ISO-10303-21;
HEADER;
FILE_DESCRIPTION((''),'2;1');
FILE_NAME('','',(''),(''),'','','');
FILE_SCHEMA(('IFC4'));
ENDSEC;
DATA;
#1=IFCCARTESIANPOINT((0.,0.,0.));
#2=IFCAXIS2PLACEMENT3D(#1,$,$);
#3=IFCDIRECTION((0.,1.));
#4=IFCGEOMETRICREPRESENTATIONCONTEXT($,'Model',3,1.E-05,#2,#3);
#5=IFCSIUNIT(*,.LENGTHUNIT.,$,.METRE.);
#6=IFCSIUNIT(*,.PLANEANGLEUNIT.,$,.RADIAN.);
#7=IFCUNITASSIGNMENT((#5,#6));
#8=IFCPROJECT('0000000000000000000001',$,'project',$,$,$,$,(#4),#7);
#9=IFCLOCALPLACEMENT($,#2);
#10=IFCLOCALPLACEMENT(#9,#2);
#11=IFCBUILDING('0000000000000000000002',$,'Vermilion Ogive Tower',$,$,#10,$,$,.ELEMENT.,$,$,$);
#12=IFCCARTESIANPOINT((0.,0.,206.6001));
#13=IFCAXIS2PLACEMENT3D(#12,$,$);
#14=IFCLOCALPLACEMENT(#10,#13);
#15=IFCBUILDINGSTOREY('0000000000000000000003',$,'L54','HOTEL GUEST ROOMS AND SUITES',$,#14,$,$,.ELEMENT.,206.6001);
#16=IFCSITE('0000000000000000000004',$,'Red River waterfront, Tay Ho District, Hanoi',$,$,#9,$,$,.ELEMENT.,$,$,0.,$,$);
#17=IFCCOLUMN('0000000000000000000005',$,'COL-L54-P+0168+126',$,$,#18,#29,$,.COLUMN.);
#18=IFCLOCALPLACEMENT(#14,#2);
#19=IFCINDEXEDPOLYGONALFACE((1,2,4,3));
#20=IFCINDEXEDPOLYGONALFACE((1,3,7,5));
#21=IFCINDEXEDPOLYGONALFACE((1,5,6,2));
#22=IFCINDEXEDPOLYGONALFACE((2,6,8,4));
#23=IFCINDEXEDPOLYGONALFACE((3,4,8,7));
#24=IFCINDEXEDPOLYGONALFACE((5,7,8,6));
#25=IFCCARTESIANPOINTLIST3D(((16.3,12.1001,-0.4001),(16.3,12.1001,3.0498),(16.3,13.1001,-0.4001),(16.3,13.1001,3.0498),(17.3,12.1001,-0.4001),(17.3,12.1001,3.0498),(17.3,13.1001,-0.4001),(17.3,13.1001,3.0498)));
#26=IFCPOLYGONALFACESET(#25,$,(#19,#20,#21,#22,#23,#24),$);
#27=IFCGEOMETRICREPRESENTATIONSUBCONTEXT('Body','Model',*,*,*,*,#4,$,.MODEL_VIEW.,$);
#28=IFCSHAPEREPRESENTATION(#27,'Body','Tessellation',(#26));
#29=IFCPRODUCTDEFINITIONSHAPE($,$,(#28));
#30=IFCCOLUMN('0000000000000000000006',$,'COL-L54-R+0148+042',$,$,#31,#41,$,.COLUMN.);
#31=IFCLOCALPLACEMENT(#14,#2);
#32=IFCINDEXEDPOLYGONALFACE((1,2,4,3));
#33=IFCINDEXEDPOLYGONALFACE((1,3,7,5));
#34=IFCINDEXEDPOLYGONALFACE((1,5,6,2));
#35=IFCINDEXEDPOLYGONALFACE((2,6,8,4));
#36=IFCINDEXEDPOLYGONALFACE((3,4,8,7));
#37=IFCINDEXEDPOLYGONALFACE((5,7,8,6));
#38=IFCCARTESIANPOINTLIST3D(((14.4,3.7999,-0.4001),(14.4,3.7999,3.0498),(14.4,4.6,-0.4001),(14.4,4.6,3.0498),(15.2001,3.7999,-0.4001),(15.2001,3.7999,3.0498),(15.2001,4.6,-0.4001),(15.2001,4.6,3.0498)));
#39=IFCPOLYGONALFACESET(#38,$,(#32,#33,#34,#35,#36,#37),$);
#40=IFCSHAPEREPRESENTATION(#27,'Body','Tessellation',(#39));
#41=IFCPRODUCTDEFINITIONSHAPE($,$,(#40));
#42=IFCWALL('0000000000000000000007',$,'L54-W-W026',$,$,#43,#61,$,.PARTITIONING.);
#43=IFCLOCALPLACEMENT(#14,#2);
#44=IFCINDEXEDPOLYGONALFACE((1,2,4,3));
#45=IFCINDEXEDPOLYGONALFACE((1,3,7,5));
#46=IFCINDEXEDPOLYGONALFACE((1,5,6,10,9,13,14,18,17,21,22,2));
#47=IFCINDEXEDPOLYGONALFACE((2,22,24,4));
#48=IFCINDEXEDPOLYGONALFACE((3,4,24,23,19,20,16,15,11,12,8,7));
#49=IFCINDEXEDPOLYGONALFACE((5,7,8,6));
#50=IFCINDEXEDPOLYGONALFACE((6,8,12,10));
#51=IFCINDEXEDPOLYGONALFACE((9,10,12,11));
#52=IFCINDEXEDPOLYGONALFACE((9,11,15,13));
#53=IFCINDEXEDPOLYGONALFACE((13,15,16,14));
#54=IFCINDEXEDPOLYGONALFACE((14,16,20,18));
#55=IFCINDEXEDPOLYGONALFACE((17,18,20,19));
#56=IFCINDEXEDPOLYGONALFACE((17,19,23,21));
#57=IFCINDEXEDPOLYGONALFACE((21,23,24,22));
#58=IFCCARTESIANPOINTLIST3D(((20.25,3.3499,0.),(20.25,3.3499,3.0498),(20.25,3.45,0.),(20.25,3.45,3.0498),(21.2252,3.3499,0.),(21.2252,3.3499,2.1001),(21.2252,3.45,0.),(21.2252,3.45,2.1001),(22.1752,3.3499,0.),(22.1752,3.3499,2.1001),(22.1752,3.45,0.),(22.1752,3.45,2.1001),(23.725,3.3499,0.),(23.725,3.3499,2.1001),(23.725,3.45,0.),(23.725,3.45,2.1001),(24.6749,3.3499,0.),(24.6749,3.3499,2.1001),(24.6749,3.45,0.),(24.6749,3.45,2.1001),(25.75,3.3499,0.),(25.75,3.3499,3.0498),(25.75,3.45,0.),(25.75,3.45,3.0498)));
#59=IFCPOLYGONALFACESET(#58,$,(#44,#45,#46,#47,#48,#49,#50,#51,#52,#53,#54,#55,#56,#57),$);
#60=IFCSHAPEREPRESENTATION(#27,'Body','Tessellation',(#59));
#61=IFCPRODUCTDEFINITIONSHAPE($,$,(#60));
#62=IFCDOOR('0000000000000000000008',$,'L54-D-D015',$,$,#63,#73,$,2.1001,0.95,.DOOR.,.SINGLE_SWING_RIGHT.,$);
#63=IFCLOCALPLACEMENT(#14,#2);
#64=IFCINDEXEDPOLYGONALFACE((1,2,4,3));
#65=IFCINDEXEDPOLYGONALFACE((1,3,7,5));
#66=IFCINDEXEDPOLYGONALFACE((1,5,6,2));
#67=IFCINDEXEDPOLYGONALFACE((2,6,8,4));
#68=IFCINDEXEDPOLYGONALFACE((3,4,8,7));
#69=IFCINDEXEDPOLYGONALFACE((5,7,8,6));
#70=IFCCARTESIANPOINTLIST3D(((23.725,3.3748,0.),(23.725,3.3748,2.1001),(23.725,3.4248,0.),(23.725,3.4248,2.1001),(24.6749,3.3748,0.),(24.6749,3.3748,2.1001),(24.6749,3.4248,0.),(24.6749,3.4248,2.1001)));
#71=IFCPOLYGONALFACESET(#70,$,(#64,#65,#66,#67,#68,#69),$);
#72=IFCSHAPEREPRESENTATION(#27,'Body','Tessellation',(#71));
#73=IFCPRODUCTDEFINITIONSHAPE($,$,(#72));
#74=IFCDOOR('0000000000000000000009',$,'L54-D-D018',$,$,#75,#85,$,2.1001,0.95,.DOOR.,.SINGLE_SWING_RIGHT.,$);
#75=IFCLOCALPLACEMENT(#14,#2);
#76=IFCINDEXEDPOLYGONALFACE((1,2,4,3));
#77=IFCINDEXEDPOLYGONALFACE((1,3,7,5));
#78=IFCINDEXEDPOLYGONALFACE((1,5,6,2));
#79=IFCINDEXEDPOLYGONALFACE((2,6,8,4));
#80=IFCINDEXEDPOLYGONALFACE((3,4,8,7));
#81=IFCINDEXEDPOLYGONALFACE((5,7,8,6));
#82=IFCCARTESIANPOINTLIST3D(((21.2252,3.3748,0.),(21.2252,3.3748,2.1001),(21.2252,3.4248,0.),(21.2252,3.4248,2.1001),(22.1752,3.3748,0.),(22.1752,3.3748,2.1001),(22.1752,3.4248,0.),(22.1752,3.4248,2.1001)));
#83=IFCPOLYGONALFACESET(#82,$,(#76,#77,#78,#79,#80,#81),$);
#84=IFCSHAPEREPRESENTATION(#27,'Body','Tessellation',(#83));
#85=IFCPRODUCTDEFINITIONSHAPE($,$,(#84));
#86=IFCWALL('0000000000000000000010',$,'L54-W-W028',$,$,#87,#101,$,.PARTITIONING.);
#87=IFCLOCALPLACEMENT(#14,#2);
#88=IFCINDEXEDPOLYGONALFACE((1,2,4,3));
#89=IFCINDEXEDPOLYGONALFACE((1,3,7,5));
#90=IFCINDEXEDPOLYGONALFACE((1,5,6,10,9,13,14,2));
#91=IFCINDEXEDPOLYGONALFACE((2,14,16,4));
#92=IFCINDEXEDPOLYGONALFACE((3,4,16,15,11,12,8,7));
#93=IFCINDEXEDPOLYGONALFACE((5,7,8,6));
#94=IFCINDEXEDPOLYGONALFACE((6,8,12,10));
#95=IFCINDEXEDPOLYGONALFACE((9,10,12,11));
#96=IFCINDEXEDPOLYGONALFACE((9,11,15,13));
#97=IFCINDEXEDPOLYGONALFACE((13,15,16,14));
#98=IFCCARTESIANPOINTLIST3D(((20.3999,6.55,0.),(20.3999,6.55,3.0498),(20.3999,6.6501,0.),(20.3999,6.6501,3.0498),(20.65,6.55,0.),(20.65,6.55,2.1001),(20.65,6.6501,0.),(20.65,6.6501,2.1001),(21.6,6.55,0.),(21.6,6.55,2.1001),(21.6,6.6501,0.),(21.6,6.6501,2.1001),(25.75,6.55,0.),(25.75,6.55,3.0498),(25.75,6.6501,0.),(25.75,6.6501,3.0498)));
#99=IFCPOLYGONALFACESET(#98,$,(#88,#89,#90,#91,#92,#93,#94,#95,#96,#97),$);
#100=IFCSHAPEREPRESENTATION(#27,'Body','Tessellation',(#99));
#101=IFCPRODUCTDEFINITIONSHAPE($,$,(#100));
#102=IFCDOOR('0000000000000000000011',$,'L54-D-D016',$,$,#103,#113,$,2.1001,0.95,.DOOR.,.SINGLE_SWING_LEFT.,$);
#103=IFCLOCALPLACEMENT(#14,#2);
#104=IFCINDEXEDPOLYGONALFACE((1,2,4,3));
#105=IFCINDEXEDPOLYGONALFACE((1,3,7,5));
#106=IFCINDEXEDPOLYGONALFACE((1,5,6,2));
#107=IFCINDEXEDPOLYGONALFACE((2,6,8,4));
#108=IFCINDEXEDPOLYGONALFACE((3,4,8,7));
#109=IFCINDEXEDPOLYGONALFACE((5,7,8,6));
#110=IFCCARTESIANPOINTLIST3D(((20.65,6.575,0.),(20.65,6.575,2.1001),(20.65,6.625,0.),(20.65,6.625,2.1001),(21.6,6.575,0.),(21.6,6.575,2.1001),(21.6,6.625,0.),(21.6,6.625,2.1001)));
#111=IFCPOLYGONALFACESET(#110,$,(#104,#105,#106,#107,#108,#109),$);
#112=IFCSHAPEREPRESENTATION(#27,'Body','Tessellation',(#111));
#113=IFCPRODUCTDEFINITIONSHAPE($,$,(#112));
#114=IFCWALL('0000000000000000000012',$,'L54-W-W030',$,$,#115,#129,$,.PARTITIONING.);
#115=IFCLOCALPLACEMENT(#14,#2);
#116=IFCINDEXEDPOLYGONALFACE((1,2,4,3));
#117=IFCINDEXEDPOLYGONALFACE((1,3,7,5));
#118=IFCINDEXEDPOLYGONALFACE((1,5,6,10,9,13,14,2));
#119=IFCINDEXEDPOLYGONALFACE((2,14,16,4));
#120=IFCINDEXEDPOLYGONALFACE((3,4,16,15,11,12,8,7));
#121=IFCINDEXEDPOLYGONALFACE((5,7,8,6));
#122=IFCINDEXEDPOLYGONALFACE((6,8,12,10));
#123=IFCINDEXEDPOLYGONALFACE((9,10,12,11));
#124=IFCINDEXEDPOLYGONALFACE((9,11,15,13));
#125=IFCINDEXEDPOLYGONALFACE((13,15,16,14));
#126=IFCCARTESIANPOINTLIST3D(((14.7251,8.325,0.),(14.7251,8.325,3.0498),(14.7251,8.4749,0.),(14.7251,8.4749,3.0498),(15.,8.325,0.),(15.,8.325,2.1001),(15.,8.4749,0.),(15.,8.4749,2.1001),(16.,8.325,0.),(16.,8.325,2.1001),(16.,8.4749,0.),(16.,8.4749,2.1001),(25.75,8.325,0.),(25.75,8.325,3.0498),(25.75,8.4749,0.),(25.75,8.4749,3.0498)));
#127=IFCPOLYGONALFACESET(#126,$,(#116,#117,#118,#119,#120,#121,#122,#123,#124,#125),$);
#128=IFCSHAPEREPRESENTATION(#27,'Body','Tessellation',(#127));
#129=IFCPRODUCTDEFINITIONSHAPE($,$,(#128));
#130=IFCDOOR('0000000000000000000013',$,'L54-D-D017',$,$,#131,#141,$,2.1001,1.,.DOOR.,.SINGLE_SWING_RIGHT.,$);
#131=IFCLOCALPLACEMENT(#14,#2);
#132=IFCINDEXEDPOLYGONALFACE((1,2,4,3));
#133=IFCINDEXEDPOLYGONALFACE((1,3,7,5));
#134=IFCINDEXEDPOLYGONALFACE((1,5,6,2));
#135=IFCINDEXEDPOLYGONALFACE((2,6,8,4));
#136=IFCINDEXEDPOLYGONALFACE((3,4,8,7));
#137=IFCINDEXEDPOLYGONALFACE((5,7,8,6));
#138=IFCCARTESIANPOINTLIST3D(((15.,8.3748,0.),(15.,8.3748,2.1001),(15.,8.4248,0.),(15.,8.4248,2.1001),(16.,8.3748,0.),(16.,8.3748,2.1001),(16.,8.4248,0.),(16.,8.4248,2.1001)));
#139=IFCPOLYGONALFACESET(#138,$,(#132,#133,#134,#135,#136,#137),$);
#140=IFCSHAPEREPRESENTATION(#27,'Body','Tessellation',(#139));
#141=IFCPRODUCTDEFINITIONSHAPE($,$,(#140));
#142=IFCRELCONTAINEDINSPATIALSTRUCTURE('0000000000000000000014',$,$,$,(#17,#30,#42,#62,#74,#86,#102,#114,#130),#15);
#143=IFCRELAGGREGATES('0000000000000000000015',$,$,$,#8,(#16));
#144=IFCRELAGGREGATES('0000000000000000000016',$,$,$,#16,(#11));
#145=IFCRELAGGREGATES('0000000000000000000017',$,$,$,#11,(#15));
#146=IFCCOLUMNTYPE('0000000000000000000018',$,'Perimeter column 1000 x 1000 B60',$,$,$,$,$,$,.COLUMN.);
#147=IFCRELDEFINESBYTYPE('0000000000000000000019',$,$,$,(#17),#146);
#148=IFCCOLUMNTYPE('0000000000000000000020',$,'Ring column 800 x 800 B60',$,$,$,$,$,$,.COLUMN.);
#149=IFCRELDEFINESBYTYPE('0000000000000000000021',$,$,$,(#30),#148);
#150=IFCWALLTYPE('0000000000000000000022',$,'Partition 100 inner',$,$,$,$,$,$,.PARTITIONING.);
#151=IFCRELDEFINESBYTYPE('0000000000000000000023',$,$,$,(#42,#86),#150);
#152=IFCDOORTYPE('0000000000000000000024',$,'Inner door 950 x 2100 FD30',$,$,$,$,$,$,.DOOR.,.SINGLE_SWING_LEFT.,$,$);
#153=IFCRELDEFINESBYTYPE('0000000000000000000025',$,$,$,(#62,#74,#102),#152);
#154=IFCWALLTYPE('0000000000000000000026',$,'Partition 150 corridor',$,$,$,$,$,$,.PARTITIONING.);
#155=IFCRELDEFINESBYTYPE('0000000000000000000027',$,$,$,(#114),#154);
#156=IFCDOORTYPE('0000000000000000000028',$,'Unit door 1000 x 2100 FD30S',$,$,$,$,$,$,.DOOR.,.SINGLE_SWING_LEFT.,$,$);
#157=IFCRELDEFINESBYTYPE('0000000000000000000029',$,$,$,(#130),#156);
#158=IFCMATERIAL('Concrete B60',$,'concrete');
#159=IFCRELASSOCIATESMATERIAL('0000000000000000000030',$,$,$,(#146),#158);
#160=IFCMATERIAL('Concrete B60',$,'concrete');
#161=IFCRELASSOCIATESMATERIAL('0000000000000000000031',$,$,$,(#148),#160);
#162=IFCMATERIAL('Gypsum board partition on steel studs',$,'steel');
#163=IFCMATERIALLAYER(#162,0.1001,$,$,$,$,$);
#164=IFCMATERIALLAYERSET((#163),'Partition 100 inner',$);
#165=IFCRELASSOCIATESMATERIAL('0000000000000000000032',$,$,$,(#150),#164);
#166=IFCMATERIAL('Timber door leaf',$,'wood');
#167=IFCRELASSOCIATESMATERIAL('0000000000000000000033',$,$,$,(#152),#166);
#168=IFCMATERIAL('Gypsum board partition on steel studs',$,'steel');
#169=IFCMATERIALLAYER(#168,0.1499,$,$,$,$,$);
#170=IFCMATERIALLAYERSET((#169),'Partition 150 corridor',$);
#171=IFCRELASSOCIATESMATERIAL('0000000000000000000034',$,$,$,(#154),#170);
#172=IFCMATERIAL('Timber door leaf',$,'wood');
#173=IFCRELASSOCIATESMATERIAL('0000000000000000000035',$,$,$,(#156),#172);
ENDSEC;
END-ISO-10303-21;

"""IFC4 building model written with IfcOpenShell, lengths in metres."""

from ifc_helpers import new_model, si_unit, direction, frame, frame_2d, origin, origin_2d, place, context, subcontext, project, spatial, rectangle, extrude, material, layer, layer_set, material_profile, profile_set, type_object, element, fill, save


model = new_model("IFC4")

# Units and contexts
model_context = context("Model", 3, precision=1e-05, world=origin(), true_north=direction((0.0, 1.0)))
body_context = subcontext(model_context, "Body", "Model", "MODEL_VIEW")
ifc_project = project(units=[si_unit("LENGTHUNIT", "METRE"), si_unit("PLANEANGLEUNIT", "RADIAN")], contexts=[model_context])

# Site, building, storey
site_placement = place(None, origin())
site = spatial("IfcSite", under=ifc_project, at=site_placement, Name="Red River waterfront, Tay Ho District, Hanoi", CompositionType="ELEMENT", RefElevation=0.0)
building_placement = place(site_placement, origin())
building = spatial("IfcBuilding", under=site, at=building_placement, Name="Vermilion Ogive Tower", CompositionType="ELEMENT")
storey_placement = place(building_placement, frame((0.0, 0.0, 206.6001)))
storey = spatial("IfcBuildingStorey", under=building, at=storey_placement, Name="L54", Description="HOTEL GUEST ROOMS AND SUITES", CompositionType="ELEMENT", Elevation=206.6001)

# Columns
ifc_material_1 = material(Name="Concrete B60", Category="concrete")
ifc_material_profile_1 = material_profile(ifc_material_1, rectangle(XDim=1.0, YDim=1.0, at=origin_2d()), Name="1000 x 1000")
ifc_profile_set_1 = profile_set([ifc_material_profile_1], Name="Concrete B60")
column_type_1 = type_object("IfcColumnType", Name="Perimeter column 1000 x 1000 B60", PredefinedType="COLUMN", material=ifc_profile_set_1)
column_1_placement = place(storey_placement, frame((16.8, 12.6001, -0.4001), z_axis=(0.0, 0.0, 1.0), x_axis=(1.0, 0.0, 0.0)))
element("IfcColumn", 1, at=column_1_placement, inside=storey, type_object=column_type_1, Name="COL-L54-P+0168+126", PredefinedType="COLUMN", context=body_context, shape_type="SweptSolid", body=[
    extrude(rectangle(XDim=1.0, YDim=1.0, at=origin_2d()), origin(), (0.0, 0.0, 1.0), 3.45),
])
ifc_material_2 = material(Name="Concrete B60", Category="concrete")
ifc_material_profile_2 = material_profile(ifc_material_2, rectangle(XDim=0.8, YDim=0.8, at=origin_2d()), Name="800 x 800")
ifc_profile_set_2 = profile_set([ifc_material_profile_2], Name="Concrete B60")
column_type_2 = type_object("IfcColumnType", Name="Ring column 800 x 800 B60", PredefinedType="COLUMN", material=ifc_profile_set_2)
column_2_placement = place(storey_placement, frame((14.8, 4.2, -0.4001), z_axis=(0.0, 0.0, 1.0), x_axis=(1.0, 0.0, 0.0)))
element("IfcColumn", 2, at=column_2_placement, inside=storey, type_object=column_type_2, Name="COL-L54-R+0148+042", PredefinedType="COLUMN", context=body_context, shape_type="SweptSolid", body=[
    extrude(rectangle(XDim=0.8, YDim=0.8, at=origin_2d()), origin(), (0.0, 0.0, 1.0), 3.45),
])

# Wall, openings, doors
ifc_material_3 = material(Name="Gypsum board partition on steel studs", Category="steel")
ifc_layer_1 = layer(ifc_material_3, 0.1001)
ifc_layer_set_1 = layer_set([ifc_layer_1], Name="Partition 100 inner")
wall_type_1 = type_object("IfcWallType", Name="Partition 100 inner", PredefinedType="PARTITIONING", material=ifc_layer_set_1)
wall_1_placement = place(storey_placement, frame((20.25, 3.3999, 0.0), z_axis=(0.0, 0.0, 1.0), x_axis=(1.0, 0.0, 0.0)))
wall_1 = element("IfcWall", 3, at=wall_1_placement, inside=storey, type_object=wall_type_1, Name="L54-W-W026", PredefinedType="PARTITIONING", context=body_context, shape_type="SweptSolid", body=[
    extrude(rectangle(XDim=5.5, YDim=0.1001, at=frame_2d((2.75, 0.0))), origin(), (0.0, 0.0, 1.0), 3.0498),
])
opening_1_placement = place(wall_1_placement, frame((3.4749, 0.0, 0.0)))
opening_1 = element("IfcOpeningElement", 4, at=opening_1_placement, cuts=wall_1, PredefinedType="OPENING", context=body_context, shape_type="SweptSolid", body=[
    extrude(rectangle(XDim=0.95, YDim=2.1001, at=frame_2d((0.4751, 1.05))), frame((0.0, 0.0601, 0.0), z_axis=(0.0, -1.0, 0.0), x_axis=(1.0, 0.0, 0.0)), (0.0, 0.0, 1.0), 0.1201),
])
opening_2_placement = place(wall_1_placement, frame((0.9751, 0.0, 0.0)))
opening_2 = element("IfcOpeningElement", 5, at=opening_2_placement, cuts=wall_1, PredefinedType="OPENING", context=body_context, shape_type="SweptSolid", body=[
    extrude(rectangle(XDim=0.95, YDim=2.1001, at=frame_2d((0.4751, 1.05))), frame((0.0, 0.0601, 0.0), z_axis=(0.0, -1.0, 0.0), x_axis=(1.0, 0.0, 0.0)), (0.0, 0.0, 1.0), 0.1201),
])
ifc_material_4 = material(Name="Timber door leaf", Category="wood")
door_type_1 = type_object("IfcDoorType", Name="Inner door 950 x 2100 FD30", OperationType="SINGLE_SWING_LEFT", PredefinedType="DOOR", material=ifc_material_4)
door_1_placement = place(opening_1_placement, origin())
door_1 = element("IfcDoor", 6, at=door_1_placement, inside=storey, type_object=door_type_1, Name="L54-D-D015", OperationType="SINGLE_SWING_RIGHT", OverallHeight=2.1001, OverallWidth=0.95, PredefinedType="DOOR", context=body_context, shape_type="SweptSolid", body=[
    extrude(rectangle(XDim=0.95, YDim=2.1001, at=frame_2d((0.4751, 1.05))), frame((0.0, 0.0249, 0.0), z_axis=(0.0, -1.0, 0.0), x_axis=(1.0, 0.0, 0.0)), (0.0, 0.0, 1.0), 0.05),
])
fill(opening_1, door_1)
door_2_placement = place(opening_2_placement, origin())
door_2 = element("IfcDoor", 7, at=door_2_placement, inside=storey, type_object=door_type_1, Name="L54-D-D018", OperationType="SINGLE_SWING_RIGHT", OverallHeight=2.1001, OverallWidth=0.95, PredefinedType="DOOR", context=body_context, shape_type="SweptSolid", body=[
    extrude(rectangle(XDim=0.95, YDim=2.1001, at=frame_2d((0.4751, 1.05))), frame((0.0, 0.0249, 0.0), z_axis=(0.0, -1.0, 0.0), x_axis=(1.0, 0.0, 0.0)), (0.0, 0.0, 1.0), 0.05),
])
fill(opening_2, door_2)

# Walls, openings, doors
wall_2_placement = place(storey_placement, frame((20.3999, 6.6001, 0.0), z_axis=(0.0, 0.0, 1.0), x_axis=(1.0, 0.0, 0.0)))
wall_2 = element("IfcWall", 8, at=wall_2_placement, inside=storey, type_object=wall_type_1, Name="L54-W-W028", PredefinedType="PARTITIONING", context=body_context, shape_type="SweptSolid", body=[
    extrude(rectangle(XDim=5.3501, YDim=0.1001, at=frame_2d((2.675, 0.0))), origin(), (0.0, 0.0, 1.0), 3.0498),
])
opening_3_placement = place(wall_2_placement, frame((0.25, 0.0, 0.0)))
opening_3 = element("IfcOpeningElement", 9, at=opening_3_placement, cuts=wall_2, PredefinedType="OPENING", context=body_context, shape_type="SweptSolid", body=[
    extrude(rectangle(XDim=0.95, YDim=2.1001, at=frame_2d((0.4751, 1.05))), frame((0.0, 0.0601, 0.0), z_axis=(0.0, -1.0, 0.0), x_axis=(1.0, 0.0, 0.0)), (0.0, 0.0, 1.0), 0.1201),
])
door_3_placement = place(opening_3_placement, origin())
door_3 = element("IfcDoor", 10, at=door_3_placement, inside=storey, type_object=door_type_1, Name="L54-D-D016", OperationType="SINGLE_SWING_LEFT", OverallHeight=2.1001, OverallWidth=0.95, PredefinedType="DOOR", context=body_context, shape_type="SweptSolid", body=[
    extrude(rectangle(XDim=0.95, YDim=2.1001, at=frame_2d((0.4751, 1.05))), frame((0.0, 0.0249, 0.0), z_axis=(0.0, -1.0, 0.0), x_axis=(1.0, 0.0, 0.0)), (0.0, 0.0, 1.0), 0.05),
])
fill(opening_3, door_3)
ifc_material_5 = material(Name="Gypsum board partition on steel studs", Category="steel")
ifc_layer_2 = layer(ifc_material_5, 0.1499)
ifc_layer_set_2 = layer_set([ifc_layer_2], Name="Partition 150 corridor")
wall_type_2 = type_object("IfcWallType", Name="Partition 150 corridor", PredefinedType="PARTITIONING", material=ifc_layer_set_2)
wall_3_placement = place(storey_placement, frame((14.7251, 8.3999, 0.0), z_axis=(0.0, 0.0, 1.0), x_axis=(1.0, 0.0, 0.0)))
wall_3 = element("IfcWall", 11, at=wall_3_placement, inside=storey, type_object=wall_type_2, Name="L54-W-W030", PredefinedType="PARTITIONING", context=body_context, shape_type="SweptSolid", body=[
    extrude(rectangle(XDim=11.0249, YDim=0.1499, at=frame_2d((5.5125, 0.0))), origin(), (0.0, 0.0, 1.0), 3.0498),
])
opening_4_placement = place(wall_3_placement, frame((0.2749, 0.0, 0.0)))
opening_4 = element("IfcOpeningElement", 12, at=opening_4_placement, cuts=wall_3, PredefinedType="OPENING", context=body_context, shape_type="SweptSolid", body=[
    extrude(rectangle(XDim=1.0, YDim=2.1001, at=frame_2d((0.5, 1.05))), frame((0.0, 0.085, 0.0), z_axis=(0.0, -1.0, 0.0), x_axis=(1.0, 0.0, 0.0)), (0.0, 0.0, 1.0), 0.1699),
])
ifc_material_6 = material(Name="Timber door leaf", Category="wood")
door_type_2 = type_object("IfcDoorType", Name="Unit door 1000 x 2100 FD30S", OperationType="SINGLE_SWING_LEFT", PredefinedType="DOOR", material=ifc_material_6)
door_4_placement = place(opening_4_placement, origin())
door_4 = element("IfcDoor", 13, at=door_4_placement, inside=storey, type_object=door_type_2, Name="L54-D-D017", OperationType="SINGLE_SWING_RIGHT", OverallHeight=2.1001, OverallWidth=1.0, PredefinedType="DOOR", context=body_context, shape_type="SweptSolid", body=[
    extrude(rectangle(XDim=1.0, YDim=2.1001, at=frame_2d((0.5, 1.05))), frame((0.0, 0.0249, 0.0), z_axis=(0.0, -1.0, 0.0), x_axis=(1.0, 0.0, 0.0)), (0.0, 0.0, 1.0), 0.05),
])
fill(opening_4, door_4)

save(model, "model.ifc")
